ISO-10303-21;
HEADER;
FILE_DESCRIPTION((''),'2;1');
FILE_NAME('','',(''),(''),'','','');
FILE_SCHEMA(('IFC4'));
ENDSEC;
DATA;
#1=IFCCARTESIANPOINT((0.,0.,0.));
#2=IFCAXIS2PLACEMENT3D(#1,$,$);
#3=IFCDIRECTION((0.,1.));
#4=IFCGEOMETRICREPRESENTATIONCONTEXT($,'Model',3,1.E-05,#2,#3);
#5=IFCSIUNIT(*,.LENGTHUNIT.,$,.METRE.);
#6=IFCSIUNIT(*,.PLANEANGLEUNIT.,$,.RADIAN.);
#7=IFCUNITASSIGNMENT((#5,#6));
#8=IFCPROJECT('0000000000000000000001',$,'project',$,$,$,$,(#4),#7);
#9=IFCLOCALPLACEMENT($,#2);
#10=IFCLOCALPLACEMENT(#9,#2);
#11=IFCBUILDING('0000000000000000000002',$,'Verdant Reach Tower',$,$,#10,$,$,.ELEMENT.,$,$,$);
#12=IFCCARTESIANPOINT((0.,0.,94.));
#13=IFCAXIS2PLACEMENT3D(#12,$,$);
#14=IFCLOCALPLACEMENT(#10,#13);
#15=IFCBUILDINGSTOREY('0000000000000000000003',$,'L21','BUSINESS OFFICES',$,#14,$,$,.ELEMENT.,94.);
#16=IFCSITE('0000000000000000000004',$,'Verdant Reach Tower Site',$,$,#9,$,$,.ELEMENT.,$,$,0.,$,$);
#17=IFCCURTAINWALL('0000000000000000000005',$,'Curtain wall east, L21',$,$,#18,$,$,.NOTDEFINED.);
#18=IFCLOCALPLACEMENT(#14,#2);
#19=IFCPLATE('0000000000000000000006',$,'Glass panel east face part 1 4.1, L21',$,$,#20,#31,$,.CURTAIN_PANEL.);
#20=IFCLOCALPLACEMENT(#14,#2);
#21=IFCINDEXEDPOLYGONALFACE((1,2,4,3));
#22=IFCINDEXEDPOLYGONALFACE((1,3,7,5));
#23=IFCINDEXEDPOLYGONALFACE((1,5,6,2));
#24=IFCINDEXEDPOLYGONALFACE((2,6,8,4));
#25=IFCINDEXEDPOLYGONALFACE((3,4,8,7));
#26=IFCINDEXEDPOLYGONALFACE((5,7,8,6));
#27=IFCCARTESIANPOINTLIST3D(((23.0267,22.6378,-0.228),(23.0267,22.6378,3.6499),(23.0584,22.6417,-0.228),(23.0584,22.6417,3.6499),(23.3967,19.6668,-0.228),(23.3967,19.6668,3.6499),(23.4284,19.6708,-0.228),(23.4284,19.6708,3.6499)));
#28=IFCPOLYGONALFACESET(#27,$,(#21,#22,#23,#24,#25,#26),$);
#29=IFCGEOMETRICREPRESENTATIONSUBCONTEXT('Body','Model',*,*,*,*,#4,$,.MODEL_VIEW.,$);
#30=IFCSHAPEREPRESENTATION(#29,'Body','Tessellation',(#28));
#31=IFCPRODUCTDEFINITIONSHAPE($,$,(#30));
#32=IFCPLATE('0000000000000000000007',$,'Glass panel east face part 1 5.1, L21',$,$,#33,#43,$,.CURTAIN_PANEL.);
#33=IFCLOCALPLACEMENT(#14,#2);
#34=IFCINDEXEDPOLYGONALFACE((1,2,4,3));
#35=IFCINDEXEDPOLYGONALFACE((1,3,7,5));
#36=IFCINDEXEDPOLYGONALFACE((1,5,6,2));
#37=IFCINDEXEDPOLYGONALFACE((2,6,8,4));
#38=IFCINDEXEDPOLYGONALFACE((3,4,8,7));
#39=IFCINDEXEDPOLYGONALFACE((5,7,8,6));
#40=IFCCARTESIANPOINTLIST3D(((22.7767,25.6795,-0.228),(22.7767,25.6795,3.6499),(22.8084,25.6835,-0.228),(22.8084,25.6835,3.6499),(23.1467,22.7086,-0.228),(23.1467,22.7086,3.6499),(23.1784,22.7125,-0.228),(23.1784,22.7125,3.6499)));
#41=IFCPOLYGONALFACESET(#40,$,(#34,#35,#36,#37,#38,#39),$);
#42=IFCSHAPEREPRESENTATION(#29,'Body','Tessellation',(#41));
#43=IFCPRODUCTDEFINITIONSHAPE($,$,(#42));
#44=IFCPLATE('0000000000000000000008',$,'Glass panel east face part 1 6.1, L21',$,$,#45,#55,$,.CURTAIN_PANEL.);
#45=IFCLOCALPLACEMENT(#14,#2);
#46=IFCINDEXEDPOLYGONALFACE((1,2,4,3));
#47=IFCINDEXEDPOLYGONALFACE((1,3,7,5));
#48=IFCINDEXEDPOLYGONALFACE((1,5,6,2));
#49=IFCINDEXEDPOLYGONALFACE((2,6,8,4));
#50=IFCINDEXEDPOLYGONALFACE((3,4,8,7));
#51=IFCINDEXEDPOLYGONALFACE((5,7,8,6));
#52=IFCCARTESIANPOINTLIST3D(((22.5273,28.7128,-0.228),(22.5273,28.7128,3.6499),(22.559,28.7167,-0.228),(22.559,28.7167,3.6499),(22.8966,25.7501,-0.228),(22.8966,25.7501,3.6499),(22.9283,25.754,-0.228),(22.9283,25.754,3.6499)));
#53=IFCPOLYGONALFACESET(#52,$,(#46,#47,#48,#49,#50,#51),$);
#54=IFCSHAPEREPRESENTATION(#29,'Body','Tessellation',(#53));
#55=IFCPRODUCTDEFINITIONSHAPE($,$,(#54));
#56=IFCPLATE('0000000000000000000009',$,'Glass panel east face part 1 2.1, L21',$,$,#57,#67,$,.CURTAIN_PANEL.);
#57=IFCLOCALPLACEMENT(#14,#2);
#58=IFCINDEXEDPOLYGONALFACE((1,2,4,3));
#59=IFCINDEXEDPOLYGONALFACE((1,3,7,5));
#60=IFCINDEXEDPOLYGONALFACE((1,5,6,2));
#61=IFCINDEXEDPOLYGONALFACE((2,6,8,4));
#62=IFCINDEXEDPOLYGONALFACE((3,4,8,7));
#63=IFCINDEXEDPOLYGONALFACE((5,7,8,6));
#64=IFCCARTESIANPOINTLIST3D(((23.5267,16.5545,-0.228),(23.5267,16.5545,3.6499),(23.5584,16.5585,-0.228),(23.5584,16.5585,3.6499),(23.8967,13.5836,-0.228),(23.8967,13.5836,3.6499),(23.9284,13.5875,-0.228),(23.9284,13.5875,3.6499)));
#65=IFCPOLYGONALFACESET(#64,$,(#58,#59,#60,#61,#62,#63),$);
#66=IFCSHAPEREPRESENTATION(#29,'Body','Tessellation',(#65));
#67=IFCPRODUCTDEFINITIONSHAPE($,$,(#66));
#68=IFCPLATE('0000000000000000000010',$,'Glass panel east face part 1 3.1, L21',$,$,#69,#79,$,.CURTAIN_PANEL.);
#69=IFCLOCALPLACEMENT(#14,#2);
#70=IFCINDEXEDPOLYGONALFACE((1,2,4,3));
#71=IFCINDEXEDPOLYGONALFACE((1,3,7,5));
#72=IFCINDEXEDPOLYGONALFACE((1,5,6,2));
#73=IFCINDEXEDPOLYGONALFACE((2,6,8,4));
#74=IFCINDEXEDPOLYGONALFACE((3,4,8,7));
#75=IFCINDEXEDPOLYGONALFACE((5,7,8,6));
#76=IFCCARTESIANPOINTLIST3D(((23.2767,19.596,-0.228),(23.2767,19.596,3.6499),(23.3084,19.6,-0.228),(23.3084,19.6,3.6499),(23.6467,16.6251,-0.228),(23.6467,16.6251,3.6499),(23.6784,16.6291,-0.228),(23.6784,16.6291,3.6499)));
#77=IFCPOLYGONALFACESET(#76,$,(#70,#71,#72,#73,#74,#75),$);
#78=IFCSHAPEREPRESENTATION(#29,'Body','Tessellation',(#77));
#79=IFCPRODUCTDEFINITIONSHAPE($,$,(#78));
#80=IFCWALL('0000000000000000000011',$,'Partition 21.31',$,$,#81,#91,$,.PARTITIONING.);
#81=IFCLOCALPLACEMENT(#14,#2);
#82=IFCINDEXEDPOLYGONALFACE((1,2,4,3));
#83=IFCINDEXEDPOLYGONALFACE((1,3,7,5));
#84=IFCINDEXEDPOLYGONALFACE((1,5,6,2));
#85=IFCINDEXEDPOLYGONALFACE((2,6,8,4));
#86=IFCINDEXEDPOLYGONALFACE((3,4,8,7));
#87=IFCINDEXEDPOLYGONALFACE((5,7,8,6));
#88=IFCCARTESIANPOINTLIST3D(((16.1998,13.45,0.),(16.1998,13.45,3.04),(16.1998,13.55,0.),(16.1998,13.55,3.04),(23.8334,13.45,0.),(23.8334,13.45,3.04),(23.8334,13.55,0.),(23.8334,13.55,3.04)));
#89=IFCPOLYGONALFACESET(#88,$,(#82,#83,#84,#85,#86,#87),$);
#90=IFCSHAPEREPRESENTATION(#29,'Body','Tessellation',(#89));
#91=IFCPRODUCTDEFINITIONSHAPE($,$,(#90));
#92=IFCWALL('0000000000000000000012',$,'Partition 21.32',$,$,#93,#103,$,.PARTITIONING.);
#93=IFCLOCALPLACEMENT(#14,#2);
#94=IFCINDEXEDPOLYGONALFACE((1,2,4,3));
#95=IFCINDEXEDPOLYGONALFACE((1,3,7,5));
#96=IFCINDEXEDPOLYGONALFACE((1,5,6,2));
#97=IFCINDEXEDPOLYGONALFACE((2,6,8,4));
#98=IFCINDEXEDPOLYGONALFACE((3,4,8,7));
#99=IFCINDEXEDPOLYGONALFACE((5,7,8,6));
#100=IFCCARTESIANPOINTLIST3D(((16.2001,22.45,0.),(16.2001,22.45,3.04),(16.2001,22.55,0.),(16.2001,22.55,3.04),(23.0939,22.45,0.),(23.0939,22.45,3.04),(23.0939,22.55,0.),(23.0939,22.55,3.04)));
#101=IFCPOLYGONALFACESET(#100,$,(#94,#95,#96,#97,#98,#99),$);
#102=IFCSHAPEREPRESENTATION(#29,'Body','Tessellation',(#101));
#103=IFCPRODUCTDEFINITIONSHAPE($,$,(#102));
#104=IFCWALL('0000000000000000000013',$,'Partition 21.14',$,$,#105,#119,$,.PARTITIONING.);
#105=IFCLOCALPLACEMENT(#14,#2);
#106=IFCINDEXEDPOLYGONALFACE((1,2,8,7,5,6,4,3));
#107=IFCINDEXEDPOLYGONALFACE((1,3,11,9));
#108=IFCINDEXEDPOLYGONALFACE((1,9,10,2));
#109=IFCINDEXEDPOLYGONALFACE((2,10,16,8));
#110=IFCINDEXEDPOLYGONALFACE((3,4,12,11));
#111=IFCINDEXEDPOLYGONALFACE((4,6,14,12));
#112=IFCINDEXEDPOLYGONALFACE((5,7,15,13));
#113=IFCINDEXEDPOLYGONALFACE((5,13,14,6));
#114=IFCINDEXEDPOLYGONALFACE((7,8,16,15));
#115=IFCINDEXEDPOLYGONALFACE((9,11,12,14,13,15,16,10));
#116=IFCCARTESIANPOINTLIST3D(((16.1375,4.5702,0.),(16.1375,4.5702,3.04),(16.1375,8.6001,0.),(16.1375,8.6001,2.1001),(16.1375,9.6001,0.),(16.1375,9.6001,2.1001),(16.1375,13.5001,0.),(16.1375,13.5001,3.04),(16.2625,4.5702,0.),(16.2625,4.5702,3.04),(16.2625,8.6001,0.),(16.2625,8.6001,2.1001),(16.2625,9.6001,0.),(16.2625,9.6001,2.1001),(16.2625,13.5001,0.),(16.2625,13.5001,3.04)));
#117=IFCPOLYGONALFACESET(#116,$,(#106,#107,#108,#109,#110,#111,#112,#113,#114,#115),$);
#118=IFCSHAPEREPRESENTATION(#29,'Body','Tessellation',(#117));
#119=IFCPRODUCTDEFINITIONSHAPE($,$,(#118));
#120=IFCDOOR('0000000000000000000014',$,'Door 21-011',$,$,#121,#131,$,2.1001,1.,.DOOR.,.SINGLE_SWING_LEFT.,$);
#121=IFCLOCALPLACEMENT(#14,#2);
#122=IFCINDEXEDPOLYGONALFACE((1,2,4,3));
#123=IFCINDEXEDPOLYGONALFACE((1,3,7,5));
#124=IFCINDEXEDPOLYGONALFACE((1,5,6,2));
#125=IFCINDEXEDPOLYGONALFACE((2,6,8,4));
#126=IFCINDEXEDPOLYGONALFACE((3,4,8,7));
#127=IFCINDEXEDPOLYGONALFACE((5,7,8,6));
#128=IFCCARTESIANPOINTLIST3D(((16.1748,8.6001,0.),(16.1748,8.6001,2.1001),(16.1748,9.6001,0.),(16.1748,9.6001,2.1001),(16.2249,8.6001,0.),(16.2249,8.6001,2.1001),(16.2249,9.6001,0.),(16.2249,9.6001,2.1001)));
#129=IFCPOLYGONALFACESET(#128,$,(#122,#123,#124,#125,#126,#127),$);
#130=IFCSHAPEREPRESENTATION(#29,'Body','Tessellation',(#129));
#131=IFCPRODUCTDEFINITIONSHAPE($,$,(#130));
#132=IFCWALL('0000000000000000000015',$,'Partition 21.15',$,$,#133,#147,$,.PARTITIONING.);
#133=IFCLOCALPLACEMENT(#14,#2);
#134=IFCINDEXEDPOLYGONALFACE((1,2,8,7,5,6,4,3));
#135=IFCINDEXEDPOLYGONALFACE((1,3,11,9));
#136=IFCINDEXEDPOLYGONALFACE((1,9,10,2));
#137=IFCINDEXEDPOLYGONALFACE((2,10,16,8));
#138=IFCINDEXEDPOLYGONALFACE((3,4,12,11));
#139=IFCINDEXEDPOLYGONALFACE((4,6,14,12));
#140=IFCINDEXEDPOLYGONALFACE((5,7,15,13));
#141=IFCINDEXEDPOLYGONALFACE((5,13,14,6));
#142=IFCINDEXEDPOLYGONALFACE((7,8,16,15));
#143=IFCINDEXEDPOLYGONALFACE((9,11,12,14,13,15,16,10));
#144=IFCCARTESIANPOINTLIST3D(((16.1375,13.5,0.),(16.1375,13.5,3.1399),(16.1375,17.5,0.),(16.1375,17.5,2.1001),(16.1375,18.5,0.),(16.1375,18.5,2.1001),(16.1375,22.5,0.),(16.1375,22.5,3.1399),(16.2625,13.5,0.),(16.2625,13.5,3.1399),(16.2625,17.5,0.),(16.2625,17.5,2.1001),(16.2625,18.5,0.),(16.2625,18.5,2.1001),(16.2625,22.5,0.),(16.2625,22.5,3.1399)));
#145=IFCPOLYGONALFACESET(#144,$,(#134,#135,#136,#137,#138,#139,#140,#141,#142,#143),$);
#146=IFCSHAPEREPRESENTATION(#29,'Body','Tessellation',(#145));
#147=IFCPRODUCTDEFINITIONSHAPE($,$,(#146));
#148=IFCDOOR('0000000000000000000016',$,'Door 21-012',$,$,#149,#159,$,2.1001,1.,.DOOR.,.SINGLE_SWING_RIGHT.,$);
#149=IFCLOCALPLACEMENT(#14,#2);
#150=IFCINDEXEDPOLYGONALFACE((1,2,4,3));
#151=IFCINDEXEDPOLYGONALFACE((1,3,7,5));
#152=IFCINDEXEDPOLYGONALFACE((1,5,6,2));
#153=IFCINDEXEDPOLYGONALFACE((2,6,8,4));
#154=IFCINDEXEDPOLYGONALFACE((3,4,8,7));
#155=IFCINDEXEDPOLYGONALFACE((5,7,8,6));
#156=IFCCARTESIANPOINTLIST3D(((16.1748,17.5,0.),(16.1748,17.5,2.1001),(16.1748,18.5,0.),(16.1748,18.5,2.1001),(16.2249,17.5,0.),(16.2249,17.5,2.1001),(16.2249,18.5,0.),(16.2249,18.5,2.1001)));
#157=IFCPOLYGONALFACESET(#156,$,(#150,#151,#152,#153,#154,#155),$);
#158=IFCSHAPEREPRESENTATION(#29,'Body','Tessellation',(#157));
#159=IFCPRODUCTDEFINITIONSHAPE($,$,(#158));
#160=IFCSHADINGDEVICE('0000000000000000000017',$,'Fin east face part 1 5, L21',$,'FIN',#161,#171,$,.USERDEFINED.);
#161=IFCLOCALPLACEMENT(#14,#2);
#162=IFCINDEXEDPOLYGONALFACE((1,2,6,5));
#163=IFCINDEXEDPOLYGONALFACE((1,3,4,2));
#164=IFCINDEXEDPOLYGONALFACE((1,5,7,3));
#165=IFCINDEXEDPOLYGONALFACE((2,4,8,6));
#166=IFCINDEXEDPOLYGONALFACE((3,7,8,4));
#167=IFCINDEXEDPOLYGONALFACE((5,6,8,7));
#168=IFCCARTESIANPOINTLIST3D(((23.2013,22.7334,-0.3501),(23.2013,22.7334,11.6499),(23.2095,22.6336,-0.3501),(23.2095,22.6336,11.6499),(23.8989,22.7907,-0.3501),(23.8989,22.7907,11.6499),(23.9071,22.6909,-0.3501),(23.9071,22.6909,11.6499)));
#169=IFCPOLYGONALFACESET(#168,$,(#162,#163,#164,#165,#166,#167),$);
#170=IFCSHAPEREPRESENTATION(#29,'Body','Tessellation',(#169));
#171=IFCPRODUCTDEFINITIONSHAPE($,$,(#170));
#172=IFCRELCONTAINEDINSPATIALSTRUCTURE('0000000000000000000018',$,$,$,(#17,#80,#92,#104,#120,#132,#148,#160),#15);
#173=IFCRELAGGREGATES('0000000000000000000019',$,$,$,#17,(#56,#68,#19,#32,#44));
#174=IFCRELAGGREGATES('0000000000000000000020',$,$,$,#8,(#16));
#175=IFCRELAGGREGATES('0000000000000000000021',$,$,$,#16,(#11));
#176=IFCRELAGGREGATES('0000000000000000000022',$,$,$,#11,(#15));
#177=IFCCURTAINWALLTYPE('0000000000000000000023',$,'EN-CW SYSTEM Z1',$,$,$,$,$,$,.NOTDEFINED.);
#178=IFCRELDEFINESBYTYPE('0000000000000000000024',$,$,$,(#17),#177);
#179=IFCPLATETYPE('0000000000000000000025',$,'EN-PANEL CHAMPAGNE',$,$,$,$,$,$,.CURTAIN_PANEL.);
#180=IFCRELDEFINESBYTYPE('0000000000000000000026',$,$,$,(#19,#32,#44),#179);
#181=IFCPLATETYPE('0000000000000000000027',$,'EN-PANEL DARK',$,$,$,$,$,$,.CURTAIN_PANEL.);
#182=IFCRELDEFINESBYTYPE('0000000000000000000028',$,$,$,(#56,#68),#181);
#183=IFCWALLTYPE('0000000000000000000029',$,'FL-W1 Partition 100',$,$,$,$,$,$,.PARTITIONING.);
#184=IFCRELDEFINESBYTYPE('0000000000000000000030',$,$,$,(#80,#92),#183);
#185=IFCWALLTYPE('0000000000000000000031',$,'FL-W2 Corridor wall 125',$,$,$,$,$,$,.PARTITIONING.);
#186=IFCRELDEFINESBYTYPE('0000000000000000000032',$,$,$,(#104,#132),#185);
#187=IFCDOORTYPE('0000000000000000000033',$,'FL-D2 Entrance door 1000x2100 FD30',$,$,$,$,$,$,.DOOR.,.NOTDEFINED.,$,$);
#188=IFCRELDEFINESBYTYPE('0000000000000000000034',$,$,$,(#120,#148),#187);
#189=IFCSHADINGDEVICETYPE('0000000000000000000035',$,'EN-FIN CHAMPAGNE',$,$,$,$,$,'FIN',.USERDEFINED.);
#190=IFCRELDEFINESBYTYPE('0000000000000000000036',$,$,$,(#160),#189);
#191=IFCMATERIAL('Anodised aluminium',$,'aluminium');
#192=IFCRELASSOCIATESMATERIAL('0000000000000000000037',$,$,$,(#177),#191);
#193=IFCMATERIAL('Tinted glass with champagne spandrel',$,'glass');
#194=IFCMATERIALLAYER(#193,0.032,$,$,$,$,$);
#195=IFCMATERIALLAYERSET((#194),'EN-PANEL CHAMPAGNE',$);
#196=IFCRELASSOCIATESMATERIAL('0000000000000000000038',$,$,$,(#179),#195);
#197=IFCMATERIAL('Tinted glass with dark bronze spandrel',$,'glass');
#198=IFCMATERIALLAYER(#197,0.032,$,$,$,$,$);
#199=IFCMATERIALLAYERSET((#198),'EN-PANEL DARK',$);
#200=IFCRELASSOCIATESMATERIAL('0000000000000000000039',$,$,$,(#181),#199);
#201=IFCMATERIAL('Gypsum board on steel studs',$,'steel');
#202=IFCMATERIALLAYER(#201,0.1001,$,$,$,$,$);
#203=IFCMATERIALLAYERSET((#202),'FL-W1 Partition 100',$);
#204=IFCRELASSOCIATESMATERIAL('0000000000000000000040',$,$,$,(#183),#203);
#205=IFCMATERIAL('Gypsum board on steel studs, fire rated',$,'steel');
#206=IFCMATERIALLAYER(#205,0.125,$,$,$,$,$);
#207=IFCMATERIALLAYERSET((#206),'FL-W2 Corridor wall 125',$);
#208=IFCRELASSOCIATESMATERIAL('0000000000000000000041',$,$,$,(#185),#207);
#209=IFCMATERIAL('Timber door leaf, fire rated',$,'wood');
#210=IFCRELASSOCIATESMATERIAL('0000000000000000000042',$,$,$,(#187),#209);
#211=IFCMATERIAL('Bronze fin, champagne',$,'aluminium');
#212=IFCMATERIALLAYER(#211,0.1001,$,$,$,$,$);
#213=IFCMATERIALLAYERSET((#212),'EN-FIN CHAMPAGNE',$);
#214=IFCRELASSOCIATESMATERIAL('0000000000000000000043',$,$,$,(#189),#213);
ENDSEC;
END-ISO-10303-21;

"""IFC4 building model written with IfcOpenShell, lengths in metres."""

from ifc_helpers import new_model, si_unit, direction, frame, frame_2d, origin, origin_2d, place, context, subcontext, project, spatial, rectangle, extrude, material, layer, layer_set, type_object, element, fill, aggregate, save


model = new_model("IFC4")

# Units and contexts
model_context = context("Model", 3, precision=1e-05, world=origin(), true_north=direction((0.0, 1.0)))
body_context = subcontext(model_context, "Body", "Model", "MODEL_VIEW")
ifc_project = project(units=[si_unit("LENGTHUNIT", "METRE"), si_unit("PLANEANGLEUNIT", "RADIAN")], contexts=[model_context])

# Site, building, storey
site_placement = place(None, origin())
site = spatial("IfcSite", under=ifc_project, at=site_placement, Name="Verdant Reach Tower Site", CompositionType="ELEMENT", RefElevation=0.0)
building_placement = place(site_placement, origin())
building = spatial("IfcBuilding", under=site, at=building_placement, Name="Verdant Reach Tower", CompositionType="ELEMENT")
storey_placement = place(building_placement, frame((0.0, 0.0, 94.0)))
storey = spatial("IfcBuildingStorey", under=building, at=storey_placement, Name="L21", Description="BUSINESS OFFICES", CompositionType="ELEMENT", Elevation=94.0)

# Curtain wall
ifc_material_1 = material(Name="Anodised aluminium", Category="aluminium")
curtain_wall_type = type_object("IfcCurtainWallType", Name="EN-CW SYSTEM Z1", PredefinedType="NOTDEFINED", material=ifc_material_1)
curtain_wall_placement = place(storey_placement, origin())
curtain_wall = element("IfcCurtainWall", 1, at=curtain_wall_placement, inside=storey, type_object=curtain_wall_type, Name="Curtain wall east, L21", PredefinedType="NOTDEFINED")

# Plates
ifc_material_2 = material(Name="Tinted glass with champagne spandrel", Category="glass")
ifc_layer_1 = layer(ifc_material_2, 0.032)
ifc_layer_set_1 = layer_set([ifc_layer_1], Name="EN-PANEL CHAMPAGNE")
plate_type_1 = type_object("IfcPlateType", Name="EN-PANEL CHAMPAGNE", PredefinedType="CURTAIN_PANEL", material=ifc_layer_set_1)
plate_1_placement = place(storey_placement, frame((23.2275, 21.1543, -0.228), z_axis=(0.0, 0.0, 1.0), x_axis=(-0.123579, 0.992335, 0.0)))
plate_1 = element("IfcPlate", 2, at=plate_1_placement, type_object=plate_type_1, Name="Glass panel east face part 1 4.1, L21", PredefinedType="CURTAIN_PANEL", context=body_context, shape_type="SweptSolid", body=[
    extrude(rectangle(XDim=2.9939, YDim=0.032, at=origin_2d()), origin(), (0.0, 0.0, 1.0), 3.8779),
])
plate_2_placement = place(storey_placement, frame((22.9775, 24.196, -0.228), z_axis=(0.0, 0.0, 1.0), x_axis=(-0.123579, 0.992335, 0.0)))
plate_2 = element("IfcPlate", 3, at=plate_2_placement, type_object=plate_type_1, Name="Glass panel east face part 1 5.1, L21", PredefinedType="CURTAIN_PANEL", context=body_context, shape_type="SweptSolid", body=[
    extrude(rectangle(XDim=2.9939, YDim=0.032, at=origin_2d()), origin(), (0.0, 0.0, 1.0), 3.8779),
])
plate_3_placement = place(storey_placement, frame((22.7278, 27.2334, -0.228), z_axis=(0.0, 0.0, 1.0), x_axis=(-0.123691, 0.992321, 0.0)))
plate_3 = element("IfcPlate", 4, at=plate_3_placement, type_object=plate_type_1, Name="Glass panel east face part 1 6.1, L21", PredefinedType="CURTAIN_PANEL", context=body_context, shape_type="SweptSolid", body=[
    extrude(rectangle(XDim=2.9856, YDim=0.032, at=origin_2d()), origin(), (0.0, 0.0, 1.0), 3.8779),
])
ifc_material_3 = material(Name="Tinted glass with dark bronze spandrel", Category="glass")
ifc_layer_2 = layer(ifc_material_3, 0.032)
ifc_layer_set_2 = layer_set([ifc_layer_2], Name="EN-PANEL DARK")
plate_type_2 = type_object("IfcPlateType", Name="EN-PANEL DARK", PredefinedType="CURTAIN_PANEL", material=ifc_layer_set_2)
plate_4_placement = place(storey_placement, frame((23.7275, 15.071, -0.228), z_axis=(0.0, 0.0, 1.0), x_axis=(-0.123579, 0.992335, 0.0)))
plate_4 = element("IfcPlate", 5, at=plate_4_placement, type_object=plate_type_2, Name="Glass panel east face part 1 2.1, L21", PredefinedType="CURTAIN_PANEL", context=body_context, shape_type="SweptSolid", body=[
    extrude(rectangle(XDim=2.9939, YDim=0.032, at=origin_2d()), origin(), (0.0, 0.0, 1.0), 3.8779),
])
plate_5_placement = place(storey_placement, frame((23.4775, 18.1125, -0.228), z_axis=(0.0, 0.0, 1.0), x_axis=(-0.123579, 0.992335, 0.0)))
plate_5 = element("IfcPlate", 6, at=plate_5_placement, type_object=plate_type_2, Name="Glass panel east face part 1 3.1, L21", PredefinedType="CURTAIN_PANEL", context=body_context, shape_type="SweptSolid", body=[
    extrude(rectangle(XDim=2.9939, YDim=0.032, at=origin_2d()), origin(), (0.0, 0.0, 1.0), 3.8779),
])
aggregate(curtain_wall, [plate_4, plate_5, plate_1, plate_2, plate_3])

# Walls
ifc_material_4 = material(Name="Gypsum board on steel studs", Category="steel")
ifc_layer_3 = layer(ifc_material_4, 0.1001)
ifc_layer_set_3 = layer_set([ifc_layer_3], Name="FL-W1 Partition 100")
wall_type_1 = type_object("IfcWallType", Name="FL-W1 Partition 100", PredefinedType="PARTITIONING", material=ifc_layer_set_3)
wall_1_placement = place(storey_placement, frame((23.8335, 13.5, 0.0), z_axis=(0.0, 0.0, 1.0), x_axis=(-1.0, 0.0, 0.0)))
element("IfcWall", 7, at=wall_1_placement, inside=storey, type_object=wall_type_1, Name="Partition 21.31", PredefinedType="PARTITIONING", context=body_context, shape_type="SweptSolid", body=[
    extrude(rectangle(XDim=7.6335, YDim=0.1001, at=frame_2d((3.8169, 0.0))), origin(), (0.0, 0.0, 1.0), 3.04),
])
wall_2_placement = place(storey_placement, frame((23.0938, 22.5, 0.0), z_axis=(0.0, 0.0, 1.0), x_axis=(-1.0, 0.0, 0.0)))
element("IfcWall", 8, at=wall_2_placement, inside=storey, type_object=wall_type_1, Name="Partition 21.32", PredefinedType="PARTITIONING", context=body_context, shape_type="SweptSolid", body=[
    extrude(rectangle(XDim=6.8938, YDim=0.1001, at=frame_2d((3.4468, 0.0))), origin(), (0.0, 0.0, 1.0), 3.04),
])

# Walls, openings, doors
ifc_material_5 = material(Name="Gypsum board on steel studs, fire rated", Category="steel")
ifc_layer_4 = layer(ifc_material_5, 0.125)
ifc_layer_set_4 = layer_set([ifc_layer_4], Name="FL-W2 Corridor wall 125")
wall_type_2 = type_object("IfcWallType", Name="FL-W2 Corridor wall 125", PredefinedType="PARTITIONING", material=ifc_layer_set_4)
wall_3_placement = place(storey_placement, frame((16.2, 13.5, 0.0), z_axis=(0.0, 0.0, 1.0), x_axis=(0.0, -1.0, 0.0)))
wall_3 = element("IfcWall", 9, at=wall_3_placement, inside=storey, type_object=wall_type_2, Name="Partition 21.14", PredefinedType="PARTITIONING", context=body_context, shape_type="SweptSolid", body=[
    extrude(rectangle(XDim=8.9299, YDim=0.125, at=frame_2d((4.4648, 0.0))), origin(), (0.0, 0.0, 1.0), 3.04),
])
opening_1_placement = place(wall_3_placement, frame((3.8999, 0.0, 0.0)))
opening_1 = element("IfcOpeningElement", 10, at=opening_1_placement, cuts=wall_3, PredefinedType="OPENING", context=body_context, shape_type="SweptSolid", body=[
    extrude(rectangle(XDim=1.0, YDim=2.1001, at=frame_2d((0.5, 1.05))), frame((0.0, 0.0725, 0.0), z_axis=(0.0, -1.0, 0.0), x_axis=(1.0, 0.0, 0.0)), (0.0, 0.0, 1.0), 0.145),
])
ifc_material_6 = material(Name="Timber door leaf, fire rated", Category="wood")
door_type = type_object("IfcDoorType", Name="FL-D2 Entrance door 1000x2100 FD30", OperationType="NOTDEFINED", PredefinedType="DOOR", material=ifc_material_6)
door_1_placement = place(opening_1_placement, origin())
door_1 = element("IfcDoor", 11, at=door_1_placement, inside=storey, type_object=door_type, Name="Door 21-011", OperationType="SINGLE_SWING_LEFT", OverallHeight=2.1001, OverallWidth=1.0, PredefinedType="DOOR", context=body_context, shape_type="SweptSolid", body=[
    extrude(rectangle(XDim=1.0, YDim=2.1001, at=frame_2d((0.5, 1.05))), frame((0.0, 0.0249, 0.0), z_axis=(0.0, -1.0, 0.0), x_axis=(1.0, 0.0, 0.0)), (0.0, 0.0, 1.0), 0.05),
])
fill(opening_1, door_1)
wall_4_placement = place(storey_placement, frame((16.2, 22.5, 0.0), z_axis=(0.0, 0.0, 1.0), x_axis=(0.0, -1.0, 0.0)))
wall_4 = element("IfcWall", 12, at=wall_4_placement, inside=storey, type_object=wall_type_2, Name="Partition 21.15", PredefinedType="PARTITIONING", context=body_context, shape_type="SweptSolid", body=[
    extrude(rectangle(XDim=9.0, YDim=0.125, at=frame_2d((4.5, 0.0))), origin(), (0.0, 0.0, 1.0), 3.1399),
])
opening_2_placement = place(wall_4_placement, frame((4.0, 0.0, 0.0)))
opening_2 = element("IfcOpeningElement", 13, at=opening_2_placement, cuts=wall_4, PredefinedType="OPENING", context=body_context, shape_type="SweptSolid", body=[
    extrude(rectangle(XDim=1.0, YDim=2.1001, at=frame_2d((0.5, 1.05))), frame((0.0, 0.0725, 0.0), z_axis=(0.0, -1.0, 0.0), x_axis=(1.0, 0.0, 0.0)), (0.0, 0.0, 1.0), 0.145),
])
door_2_placement = place(opening_2_placement, origin())
door_2 = element("IfcDoor", 14, at=door_2_placement, inside=storey, type_object=door_type, Name="Door 21-012", OperationType="SINGLE_SWING_RIGHT", OverallHeight=2.1001, OverallWidth=1.0, PredefinedType="DOOR", context=body_context, shape_type="SweptSolid", body=[
    extrude(rectangle(XDim=1.0, YDim=2.1001, at=frame_2d((0.5, 1.05))), frame((0.0, 0.0249, 0.0), z_axis=(0.0, -1.0, 0.0), x_axis=(1.0, 0.0, 0.0)), (0.0, 0.0, 1.0), 0.05),
])
fill(opening_2, door_2)

# Shading device
ifc_material_7 = material(Name="Bronze fin, champagne", Category="aluminium")
ifc_layer_5 = layer(ifc_material_7, 0.1001)
ifc_layer_set_5 = layer_set([ifc_layer_5], Name="EN-FIN CHAMPAGNE")
shading_device_type_1 = type_object("IfcShadingDeviceType", Name="EN-FIN CHAMPAGNE", ElementType="FIN", PredefinedType="USERDEFINED", material=ifc_layer_set_5)
shading_device_1_placement = place(storey_placement, frame((23.5542, 22.7122, -0.3501), z_axis=(0.0, 0.0, 1.0), x_axis=(-0.081916, 0.996639, 0.0)))
element("IfcShadingDevice", 15, at=shading_device_1_placement, inside=storey, type_object=shading_device_type_1, Name="Fin east face part 1 5, L21", ObjectType="FIN", PredefinedType="USERDEFINED", context=body_context, shape_type="SweptSolid", body=[
    extrude(rectangle(XDim=0.1001, YDim=0.7, at=origin_2d()), origin(), (0.0, 0.0, 1.0), 12.0),
])

save(model, "model.ifc")
